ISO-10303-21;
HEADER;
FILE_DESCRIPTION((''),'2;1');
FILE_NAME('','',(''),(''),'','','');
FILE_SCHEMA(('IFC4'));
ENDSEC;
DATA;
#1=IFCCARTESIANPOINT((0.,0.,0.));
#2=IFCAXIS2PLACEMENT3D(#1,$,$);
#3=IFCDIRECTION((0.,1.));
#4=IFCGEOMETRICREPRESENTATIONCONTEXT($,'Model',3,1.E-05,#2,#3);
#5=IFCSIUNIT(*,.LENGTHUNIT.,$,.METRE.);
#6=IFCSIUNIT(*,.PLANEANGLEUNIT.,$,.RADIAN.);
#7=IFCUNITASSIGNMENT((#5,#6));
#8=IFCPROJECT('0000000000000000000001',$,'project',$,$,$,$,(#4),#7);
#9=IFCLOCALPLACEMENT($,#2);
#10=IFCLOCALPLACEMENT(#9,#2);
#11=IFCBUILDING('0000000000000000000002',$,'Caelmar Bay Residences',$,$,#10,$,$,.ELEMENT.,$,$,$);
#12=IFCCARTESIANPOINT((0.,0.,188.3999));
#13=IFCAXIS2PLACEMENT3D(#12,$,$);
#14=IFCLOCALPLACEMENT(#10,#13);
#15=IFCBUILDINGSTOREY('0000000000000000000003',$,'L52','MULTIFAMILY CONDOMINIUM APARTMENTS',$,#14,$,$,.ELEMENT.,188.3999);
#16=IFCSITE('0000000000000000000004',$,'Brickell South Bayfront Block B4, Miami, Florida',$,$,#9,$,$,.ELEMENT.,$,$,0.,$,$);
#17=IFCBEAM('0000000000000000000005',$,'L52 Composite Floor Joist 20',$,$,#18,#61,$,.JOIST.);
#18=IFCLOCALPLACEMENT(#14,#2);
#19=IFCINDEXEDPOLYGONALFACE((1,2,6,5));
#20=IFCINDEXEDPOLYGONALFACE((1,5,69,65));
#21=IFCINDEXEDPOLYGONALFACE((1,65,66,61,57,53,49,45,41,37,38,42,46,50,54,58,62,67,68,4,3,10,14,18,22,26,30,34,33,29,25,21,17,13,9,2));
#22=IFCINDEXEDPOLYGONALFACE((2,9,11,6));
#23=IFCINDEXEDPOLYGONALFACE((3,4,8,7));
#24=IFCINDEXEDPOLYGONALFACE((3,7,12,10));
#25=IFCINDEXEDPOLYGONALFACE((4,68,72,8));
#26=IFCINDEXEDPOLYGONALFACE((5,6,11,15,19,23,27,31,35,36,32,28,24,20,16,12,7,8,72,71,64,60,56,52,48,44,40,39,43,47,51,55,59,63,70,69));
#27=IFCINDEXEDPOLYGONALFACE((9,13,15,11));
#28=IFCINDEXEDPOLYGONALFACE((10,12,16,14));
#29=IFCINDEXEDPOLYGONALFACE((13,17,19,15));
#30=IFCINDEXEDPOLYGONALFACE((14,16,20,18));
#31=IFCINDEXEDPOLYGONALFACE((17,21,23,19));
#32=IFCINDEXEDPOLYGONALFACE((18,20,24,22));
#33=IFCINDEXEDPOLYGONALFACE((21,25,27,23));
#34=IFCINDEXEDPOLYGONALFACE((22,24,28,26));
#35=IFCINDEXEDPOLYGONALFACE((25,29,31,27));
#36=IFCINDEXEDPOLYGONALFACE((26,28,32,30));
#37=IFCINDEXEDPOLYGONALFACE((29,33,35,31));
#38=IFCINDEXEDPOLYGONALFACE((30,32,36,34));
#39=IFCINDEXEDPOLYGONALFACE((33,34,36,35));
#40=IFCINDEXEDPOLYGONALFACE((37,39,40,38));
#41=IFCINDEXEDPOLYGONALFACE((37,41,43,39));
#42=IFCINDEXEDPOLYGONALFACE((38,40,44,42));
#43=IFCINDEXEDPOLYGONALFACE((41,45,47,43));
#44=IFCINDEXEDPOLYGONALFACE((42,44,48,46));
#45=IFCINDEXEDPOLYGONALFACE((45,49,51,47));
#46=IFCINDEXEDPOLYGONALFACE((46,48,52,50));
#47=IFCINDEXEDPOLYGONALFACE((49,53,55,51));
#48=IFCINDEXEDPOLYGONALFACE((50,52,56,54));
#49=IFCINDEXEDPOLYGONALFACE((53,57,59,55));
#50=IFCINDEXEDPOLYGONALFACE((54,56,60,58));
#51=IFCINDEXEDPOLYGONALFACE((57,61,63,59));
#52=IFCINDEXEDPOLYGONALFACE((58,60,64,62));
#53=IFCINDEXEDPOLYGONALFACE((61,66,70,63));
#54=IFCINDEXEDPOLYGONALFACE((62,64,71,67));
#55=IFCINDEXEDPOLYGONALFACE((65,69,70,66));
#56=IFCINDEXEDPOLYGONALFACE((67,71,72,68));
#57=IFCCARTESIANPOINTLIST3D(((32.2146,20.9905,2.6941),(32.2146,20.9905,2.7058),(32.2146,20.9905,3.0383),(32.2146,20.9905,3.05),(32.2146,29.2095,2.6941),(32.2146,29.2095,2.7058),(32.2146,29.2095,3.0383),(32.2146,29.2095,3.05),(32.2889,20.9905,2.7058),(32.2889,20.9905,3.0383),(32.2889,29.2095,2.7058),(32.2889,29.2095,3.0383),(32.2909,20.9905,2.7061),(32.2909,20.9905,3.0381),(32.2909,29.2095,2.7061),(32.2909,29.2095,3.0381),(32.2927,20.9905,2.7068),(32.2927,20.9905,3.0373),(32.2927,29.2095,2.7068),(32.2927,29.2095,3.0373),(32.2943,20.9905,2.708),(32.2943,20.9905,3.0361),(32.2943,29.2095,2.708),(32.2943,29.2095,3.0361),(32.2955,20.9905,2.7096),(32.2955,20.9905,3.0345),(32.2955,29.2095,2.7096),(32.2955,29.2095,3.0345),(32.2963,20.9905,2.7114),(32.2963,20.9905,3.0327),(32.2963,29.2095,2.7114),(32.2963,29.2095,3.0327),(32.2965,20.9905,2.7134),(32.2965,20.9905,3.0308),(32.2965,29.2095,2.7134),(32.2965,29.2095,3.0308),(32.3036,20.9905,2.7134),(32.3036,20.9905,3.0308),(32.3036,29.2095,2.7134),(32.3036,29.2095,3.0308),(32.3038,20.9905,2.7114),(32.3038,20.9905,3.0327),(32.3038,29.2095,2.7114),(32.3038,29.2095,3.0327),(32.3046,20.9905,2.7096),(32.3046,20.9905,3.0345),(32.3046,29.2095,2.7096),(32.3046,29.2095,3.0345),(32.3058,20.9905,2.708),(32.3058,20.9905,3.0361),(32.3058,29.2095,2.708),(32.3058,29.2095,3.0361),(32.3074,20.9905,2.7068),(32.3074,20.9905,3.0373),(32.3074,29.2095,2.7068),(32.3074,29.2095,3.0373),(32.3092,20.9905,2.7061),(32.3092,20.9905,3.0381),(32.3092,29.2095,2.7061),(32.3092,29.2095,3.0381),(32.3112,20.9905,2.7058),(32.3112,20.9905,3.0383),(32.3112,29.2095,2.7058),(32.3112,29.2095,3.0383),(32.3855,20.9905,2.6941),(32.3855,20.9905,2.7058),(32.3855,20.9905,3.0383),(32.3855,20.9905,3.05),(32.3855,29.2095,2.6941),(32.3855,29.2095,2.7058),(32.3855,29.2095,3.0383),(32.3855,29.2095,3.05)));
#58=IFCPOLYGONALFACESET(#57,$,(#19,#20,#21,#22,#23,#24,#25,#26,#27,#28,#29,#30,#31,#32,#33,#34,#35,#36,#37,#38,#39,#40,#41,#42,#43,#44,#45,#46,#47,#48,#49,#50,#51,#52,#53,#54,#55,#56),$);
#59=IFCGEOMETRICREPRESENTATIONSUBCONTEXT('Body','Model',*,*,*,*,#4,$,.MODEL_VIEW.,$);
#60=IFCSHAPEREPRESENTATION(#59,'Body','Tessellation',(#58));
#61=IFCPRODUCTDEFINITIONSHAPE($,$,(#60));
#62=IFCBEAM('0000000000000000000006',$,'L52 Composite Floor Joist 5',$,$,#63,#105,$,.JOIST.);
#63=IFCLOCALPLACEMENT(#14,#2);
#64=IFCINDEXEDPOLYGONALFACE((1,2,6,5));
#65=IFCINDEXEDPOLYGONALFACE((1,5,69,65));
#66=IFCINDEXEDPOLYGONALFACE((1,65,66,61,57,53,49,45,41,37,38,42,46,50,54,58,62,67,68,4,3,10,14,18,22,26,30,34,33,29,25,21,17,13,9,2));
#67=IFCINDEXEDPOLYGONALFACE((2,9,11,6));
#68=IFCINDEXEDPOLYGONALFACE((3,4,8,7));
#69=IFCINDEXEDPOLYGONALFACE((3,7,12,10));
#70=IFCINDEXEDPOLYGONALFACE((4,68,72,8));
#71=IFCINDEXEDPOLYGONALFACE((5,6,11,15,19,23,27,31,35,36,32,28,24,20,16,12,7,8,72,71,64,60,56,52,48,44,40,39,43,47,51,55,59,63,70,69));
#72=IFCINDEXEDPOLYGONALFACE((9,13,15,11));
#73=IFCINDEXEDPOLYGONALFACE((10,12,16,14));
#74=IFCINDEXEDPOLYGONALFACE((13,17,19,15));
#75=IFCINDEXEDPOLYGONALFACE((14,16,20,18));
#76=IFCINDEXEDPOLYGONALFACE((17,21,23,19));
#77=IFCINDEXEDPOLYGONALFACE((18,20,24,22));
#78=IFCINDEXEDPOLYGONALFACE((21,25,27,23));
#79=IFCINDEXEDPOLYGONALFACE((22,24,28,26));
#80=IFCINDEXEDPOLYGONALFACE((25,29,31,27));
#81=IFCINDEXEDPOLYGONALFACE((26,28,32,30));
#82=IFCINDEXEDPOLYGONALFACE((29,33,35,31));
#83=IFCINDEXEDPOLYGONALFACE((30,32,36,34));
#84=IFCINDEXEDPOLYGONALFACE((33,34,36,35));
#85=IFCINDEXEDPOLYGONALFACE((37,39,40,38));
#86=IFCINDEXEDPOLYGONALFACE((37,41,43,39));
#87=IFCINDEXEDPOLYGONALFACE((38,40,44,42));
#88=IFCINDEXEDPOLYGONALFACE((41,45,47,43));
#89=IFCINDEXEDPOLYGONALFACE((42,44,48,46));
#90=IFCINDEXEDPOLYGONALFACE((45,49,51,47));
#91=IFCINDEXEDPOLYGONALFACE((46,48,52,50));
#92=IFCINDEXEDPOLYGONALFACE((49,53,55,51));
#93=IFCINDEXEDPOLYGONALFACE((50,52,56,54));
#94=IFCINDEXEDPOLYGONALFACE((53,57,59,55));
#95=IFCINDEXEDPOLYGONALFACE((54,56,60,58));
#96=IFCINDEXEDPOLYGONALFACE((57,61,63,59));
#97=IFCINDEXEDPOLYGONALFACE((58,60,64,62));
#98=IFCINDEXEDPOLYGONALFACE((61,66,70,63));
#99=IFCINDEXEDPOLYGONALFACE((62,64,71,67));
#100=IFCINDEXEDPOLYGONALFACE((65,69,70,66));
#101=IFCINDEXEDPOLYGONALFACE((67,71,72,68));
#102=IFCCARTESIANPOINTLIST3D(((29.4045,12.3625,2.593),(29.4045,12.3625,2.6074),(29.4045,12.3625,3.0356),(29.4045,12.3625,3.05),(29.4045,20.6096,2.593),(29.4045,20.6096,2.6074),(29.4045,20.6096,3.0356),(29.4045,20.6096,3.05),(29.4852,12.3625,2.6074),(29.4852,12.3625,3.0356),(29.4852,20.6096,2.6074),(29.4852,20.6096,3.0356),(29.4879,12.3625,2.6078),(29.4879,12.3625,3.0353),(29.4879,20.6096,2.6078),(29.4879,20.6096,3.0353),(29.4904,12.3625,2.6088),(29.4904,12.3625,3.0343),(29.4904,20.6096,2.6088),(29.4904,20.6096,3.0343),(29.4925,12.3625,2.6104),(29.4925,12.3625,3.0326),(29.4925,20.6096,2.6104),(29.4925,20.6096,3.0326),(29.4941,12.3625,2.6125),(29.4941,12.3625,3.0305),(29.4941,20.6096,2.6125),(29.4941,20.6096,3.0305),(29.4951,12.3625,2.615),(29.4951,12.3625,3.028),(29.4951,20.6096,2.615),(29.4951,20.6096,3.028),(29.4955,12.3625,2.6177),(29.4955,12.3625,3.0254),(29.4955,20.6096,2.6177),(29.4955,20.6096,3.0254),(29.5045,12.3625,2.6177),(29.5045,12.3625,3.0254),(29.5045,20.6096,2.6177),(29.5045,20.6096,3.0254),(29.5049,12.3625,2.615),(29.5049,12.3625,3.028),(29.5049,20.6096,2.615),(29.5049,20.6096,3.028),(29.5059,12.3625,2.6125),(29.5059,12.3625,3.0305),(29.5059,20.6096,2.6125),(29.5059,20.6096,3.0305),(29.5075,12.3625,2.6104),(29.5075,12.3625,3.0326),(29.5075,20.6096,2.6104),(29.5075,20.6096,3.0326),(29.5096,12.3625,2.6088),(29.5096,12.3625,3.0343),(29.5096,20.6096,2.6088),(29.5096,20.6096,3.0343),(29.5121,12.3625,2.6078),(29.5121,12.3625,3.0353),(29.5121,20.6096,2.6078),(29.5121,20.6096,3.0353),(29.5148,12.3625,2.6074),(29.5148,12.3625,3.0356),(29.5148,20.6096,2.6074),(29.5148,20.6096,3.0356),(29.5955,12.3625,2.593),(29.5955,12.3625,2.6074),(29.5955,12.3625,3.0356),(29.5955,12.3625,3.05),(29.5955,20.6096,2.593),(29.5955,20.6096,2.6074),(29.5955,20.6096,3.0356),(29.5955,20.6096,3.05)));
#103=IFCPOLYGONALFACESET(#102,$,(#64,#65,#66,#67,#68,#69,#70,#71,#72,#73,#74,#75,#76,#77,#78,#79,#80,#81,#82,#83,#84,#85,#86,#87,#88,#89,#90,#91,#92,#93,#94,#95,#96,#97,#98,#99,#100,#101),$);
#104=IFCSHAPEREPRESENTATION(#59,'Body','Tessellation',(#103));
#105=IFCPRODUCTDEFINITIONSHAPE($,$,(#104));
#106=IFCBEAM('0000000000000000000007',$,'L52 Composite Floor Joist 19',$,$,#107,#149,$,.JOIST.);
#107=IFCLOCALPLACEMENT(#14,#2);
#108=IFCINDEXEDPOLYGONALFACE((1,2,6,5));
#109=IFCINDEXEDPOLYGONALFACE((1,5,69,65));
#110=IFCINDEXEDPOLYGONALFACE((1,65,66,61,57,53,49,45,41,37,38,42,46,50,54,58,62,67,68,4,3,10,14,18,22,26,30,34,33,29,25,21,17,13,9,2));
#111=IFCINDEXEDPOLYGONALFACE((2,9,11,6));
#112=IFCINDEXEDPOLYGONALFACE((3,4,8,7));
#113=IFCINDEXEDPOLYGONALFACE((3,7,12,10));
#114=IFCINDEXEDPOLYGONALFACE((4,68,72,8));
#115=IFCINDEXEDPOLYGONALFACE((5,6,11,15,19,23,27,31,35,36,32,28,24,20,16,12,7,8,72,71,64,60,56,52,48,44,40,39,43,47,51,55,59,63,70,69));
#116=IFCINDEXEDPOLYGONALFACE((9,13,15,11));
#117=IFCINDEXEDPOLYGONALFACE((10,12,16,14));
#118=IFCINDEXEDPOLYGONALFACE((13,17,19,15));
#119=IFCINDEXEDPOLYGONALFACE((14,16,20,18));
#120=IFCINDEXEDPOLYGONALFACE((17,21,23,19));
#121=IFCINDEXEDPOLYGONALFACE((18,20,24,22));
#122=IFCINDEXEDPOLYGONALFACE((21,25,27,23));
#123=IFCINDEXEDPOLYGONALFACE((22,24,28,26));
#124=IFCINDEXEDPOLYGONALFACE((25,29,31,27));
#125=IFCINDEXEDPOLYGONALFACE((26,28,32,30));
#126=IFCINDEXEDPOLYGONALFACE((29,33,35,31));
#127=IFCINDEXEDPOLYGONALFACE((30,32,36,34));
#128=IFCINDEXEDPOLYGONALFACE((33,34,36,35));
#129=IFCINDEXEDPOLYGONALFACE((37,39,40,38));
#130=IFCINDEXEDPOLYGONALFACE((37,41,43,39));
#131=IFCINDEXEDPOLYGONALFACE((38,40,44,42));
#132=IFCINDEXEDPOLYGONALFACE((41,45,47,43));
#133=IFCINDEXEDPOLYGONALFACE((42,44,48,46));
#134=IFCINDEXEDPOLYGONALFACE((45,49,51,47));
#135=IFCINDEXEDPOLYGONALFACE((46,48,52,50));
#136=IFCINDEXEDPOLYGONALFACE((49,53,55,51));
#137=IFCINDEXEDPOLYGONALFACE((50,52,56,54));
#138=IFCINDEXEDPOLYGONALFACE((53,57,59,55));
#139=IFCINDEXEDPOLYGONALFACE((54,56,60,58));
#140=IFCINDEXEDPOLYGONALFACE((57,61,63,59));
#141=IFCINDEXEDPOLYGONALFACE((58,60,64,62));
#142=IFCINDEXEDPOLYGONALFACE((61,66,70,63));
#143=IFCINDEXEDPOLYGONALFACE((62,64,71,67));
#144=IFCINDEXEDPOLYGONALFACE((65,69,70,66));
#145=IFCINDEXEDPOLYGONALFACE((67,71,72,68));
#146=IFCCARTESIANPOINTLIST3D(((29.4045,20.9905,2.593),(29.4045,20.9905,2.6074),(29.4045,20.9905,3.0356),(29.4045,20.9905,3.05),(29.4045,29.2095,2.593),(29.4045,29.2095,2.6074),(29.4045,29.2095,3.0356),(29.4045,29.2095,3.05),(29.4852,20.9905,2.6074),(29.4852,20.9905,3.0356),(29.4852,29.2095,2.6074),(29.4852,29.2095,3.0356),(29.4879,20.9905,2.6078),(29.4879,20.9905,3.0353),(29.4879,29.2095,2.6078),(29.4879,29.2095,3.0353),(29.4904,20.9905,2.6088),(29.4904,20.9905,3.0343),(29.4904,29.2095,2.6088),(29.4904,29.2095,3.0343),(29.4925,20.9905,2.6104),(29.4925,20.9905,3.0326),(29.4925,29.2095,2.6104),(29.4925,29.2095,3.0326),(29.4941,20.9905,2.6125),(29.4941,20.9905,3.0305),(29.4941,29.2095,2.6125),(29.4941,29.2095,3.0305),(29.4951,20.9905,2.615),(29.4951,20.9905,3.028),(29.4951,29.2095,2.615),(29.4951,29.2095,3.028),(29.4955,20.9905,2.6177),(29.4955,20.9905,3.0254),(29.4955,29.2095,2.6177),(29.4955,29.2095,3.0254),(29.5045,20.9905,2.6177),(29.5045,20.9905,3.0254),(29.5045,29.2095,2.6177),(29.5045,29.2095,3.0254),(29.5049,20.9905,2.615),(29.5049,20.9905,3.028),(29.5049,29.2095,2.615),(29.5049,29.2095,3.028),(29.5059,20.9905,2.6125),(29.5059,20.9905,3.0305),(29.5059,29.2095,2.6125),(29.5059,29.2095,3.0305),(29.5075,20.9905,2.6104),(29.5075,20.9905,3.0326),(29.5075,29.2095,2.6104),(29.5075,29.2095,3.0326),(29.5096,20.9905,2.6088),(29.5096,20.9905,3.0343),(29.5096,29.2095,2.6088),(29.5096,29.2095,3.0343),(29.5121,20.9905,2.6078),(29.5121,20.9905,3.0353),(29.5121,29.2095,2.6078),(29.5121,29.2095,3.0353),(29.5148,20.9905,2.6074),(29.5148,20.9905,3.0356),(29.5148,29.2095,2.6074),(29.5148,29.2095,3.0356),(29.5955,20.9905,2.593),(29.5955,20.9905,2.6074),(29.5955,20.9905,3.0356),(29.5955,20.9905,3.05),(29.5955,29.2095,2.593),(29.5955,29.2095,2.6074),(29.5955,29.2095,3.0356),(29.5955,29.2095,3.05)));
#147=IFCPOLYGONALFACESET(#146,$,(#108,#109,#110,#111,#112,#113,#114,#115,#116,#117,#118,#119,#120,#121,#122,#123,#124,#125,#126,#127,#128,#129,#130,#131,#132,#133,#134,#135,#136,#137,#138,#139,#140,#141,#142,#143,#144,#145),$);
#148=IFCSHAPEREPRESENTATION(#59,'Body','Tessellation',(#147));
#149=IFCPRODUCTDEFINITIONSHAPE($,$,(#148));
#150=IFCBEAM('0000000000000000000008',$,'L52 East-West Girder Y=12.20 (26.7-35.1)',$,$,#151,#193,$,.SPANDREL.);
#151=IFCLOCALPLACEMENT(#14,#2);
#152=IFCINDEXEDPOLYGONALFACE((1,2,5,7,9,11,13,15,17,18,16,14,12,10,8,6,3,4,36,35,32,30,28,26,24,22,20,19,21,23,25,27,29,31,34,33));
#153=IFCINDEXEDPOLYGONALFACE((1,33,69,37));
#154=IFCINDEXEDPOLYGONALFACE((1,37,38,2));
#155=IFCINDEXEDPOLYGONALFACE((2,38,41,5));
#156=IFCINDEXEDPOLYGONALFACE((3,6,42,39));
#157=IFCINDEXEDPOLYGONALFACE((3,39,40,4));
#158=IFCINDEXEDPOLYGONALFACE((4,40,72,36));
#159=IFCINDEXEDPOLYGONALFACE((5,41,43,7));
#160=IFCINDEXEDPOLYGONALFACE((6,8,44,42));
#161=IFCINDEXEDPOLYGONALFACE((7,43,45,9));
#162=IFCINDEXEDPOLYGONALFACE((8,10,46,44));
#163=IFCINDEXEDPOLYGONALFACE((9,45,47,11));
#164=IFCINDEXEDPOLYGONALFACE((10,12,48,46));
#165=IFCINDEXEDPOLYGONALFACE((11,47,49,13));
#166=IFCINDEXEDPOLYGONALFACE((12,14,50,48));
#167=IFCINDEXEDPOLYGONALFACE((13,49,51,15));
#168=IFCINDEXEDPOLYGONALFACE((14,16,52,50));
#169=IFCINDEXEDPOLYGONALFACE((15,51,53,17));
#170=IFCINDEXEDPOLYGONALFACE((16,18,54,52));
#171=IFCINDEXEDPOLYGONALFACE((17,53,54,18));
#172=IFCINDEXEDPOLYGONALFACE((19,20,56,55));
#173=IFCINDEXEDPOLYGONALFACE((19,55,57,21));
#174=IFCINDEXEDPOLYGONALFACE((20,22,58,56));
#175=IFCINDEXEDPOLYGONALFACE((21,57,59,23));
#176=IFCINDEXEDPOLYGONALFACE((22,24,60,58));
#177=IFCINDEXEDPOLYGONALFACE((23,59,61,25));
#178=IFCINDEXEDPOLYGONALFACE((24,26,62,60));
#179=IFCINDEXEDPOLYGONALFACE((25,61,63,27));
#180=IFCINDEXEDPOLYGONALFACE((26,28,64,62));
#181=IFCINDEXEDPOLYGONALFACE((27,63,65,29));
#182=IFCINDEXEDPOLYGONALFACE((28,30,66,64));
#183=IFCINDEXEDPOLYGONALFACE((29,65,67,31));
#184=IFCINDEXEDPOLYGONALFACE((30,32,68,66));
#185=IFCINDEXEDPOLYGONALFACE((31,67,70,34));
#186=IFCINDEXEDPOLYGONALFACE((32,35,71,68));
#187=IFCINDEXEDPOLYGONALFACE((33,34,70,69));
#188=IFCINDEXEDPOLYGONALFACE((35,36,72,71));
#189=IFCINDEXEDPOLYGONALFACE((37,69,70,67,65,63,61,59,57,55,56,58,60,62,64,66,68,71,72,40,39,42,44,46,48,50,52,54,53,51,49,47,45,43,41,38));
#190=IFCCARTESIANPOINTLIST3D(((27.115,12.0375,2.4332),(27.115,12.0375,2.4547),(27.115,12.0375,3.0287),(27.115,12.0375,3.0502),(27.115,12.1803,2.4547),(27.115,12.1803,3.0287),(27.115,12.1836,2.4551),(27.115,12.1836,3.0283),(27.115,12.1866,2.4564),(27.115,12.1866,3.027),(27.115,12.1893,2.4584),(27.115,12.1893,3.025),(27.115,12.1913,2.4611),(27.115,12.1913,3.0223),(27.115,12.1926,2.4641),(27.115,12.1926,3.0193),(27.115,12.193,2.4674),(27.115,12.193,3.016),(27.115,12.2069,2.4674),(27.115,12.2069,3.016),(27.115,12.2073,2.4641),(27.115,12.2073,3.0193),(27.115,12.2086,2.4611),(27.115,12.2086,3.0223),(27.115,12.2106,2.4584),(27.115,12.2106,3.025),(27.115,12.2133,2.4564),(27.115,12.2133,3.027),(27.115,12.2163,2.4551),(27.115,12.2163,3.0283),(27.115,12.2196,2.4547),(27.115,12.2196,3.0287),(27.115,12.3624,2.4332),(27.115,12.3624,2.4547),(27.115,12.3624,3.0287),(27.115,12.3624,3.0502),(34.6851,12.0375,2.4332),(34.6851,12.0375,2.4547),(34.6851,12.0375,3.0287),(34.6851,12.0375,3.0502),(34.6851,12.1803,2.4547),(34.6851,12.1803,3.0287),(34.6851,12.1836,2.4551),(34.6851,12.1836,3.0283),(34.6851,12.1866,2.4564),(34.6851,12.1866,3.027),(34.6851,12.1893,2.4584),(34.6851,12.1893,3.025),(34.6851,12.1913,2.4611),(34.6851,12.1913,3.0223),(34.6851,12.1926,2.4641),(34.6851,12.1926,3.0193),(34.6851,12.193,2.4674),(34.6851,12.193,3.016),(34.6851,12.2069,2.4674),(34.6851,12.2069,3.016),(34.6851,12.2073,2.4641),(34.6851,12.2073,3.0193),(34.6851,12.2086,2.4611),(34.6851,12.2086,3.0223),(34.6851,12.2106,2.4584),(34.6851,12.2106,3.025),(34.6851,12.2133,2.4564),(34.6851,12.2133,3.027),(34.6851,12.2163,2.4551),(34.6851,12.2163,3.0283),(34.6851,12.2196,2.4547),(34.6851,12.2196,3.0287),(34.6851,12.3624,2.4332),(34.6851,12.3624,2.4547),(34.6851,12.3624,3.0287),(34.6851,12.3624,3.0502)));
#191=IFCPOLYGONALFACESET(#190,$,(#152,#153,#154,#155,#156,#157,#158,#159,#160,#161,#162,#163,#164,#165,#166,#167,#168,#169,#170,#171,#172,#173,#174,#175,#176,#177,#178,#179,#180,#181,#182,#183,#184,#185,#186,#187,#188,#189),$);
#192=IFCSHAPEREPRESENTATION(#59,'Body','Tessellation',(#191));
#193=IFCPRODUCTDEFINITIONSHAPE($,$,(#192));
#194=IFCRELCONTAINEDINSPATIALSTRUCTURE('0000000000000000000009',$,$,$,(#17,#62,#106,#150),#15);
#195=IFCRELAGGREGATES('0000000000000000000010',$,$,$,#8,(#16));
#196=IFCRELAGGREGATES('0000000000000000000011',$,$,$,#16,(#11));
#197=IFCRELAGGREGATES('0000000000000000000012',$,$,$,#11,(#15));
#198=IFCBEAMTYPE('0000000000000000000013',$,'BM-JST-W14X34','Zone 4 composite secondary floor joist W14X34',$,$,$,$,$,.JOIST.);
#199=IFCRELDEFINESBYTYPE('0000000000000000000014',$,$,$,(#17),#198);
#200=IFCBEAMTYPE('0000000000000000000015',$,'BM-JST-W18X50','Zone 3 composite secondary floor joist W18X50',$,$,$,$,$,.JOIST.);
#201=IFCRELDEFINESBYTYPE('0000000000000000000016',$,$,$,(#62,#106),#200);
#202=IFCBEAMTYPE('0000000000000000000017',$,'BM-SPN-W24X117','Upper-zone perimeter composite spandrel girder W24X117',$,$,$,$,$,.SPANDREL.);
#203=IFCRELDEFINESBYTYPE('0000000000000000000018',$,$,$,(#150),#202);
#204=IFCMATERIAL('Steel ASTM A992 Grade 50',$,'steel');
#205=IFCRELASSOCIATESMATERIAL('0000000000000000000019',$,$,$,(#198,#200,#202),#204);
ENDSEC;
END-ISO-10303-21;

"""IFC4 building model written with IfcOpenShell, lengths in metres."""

from ifc_helpers import new_model, si_unit, direction, frame, origin, origin_2d, place, context, subcontext, project, spatial, i_section, extrude, material, material_profile, profile_set, type_object, element, save


model = new_model("IFC4")

# Units and contexts
model_context = context("Model", 3, precision=1e-05, world=origin(), true_north=direction((0.0, 1.0)))
body_context = subcontext(model_context, "Body", "Model", "MODEL_VIEW")
ifc_project = project(units=[si_unit("LENGTHUNIT", "METRE"), si_unit("PLANEANGLEUNIT", "RADIAN")], contexts=[model_context])

# Site, building, storey
site_placement = place(None, origin())
site = spatial("IfcSite", under=ifc_project, at=site_placement, Name="Brickell South Bayfront Block B4, Miami, Florida", CompositionType="ELEMENT", RefElevation=0.0)
building_placement = place(site_placement, origin())
building = spatial("IfcBuilding", under=site, at=building_placement, Name="Caelmar Bay Residences", CompositionType="ELEMENT")
storey_placement = place(building_placement, frame((0.0, 0.0, 188.3999)))
storey = spatial("IfcBuildingStorey", under=building, at=storey_placement, Name="L52", Description="MULTIFAMILY CONDOMINIUM APARTMENTS", CompositionType="ELEMENT", Elevation=188.3999)

# Beams
ifc_material_1 = material(Name="Steel ASTM A992 Grade 50", Category="steel")
ifc_material_profile_1 = material_profile(ifc_material_1, i_section(OverallWidth=0.1709, OverallDepth=0.356, WebThickness=0.0071, FlangeThickness=0.0117, FilletRadius=0.0076, at=origin_2d()), Name="W14X34")
ifc_profile_set_1 = profile_set([ifc_material_profile_1], Name="Steel ASTM A992 Grade 50")
beam_type_1 = type_object("IfcBeamType", Name="BM-JST-W14X34", Description="Zone 4 composite secondary floor joist W14X34", PredefinedType="JOIST", material=ifc_profile_set_1)
for number, where, z_axis, x_axis, name in (
    (1, (32.3, 20.9905, 2.8721), (0.0, 1.0, 0.0), (-1.0, 0.0, 0.0), "L52 Composite Floor Joist 20"),
):
    element("IfcBeam", number, at=place(storey_placement, frame(where, z_axis=z_axis, x_axis=x_axis)), inside=storey, type_object=beam_type_1, Name=name, PredefinedType="JOIST", context=body_context, shape_type="SweptSolid", body=[
        extrude(i_section(OverallWidth=0.1709, OverallDepth=0.356, WebThickness=0.0071, FlangeThickness=0.0117, FilletRadius=0.0076, at=origin_2d()), origin(), (0.0, 0.0, 1.0), 8.219),
    ])
ifc_material_profile_2 = material_profile(ifc_material_1, i_section(OverallWidth=0.1909, OverallDepth=0.457, WebThickness=0.009, FlangeThickness=0.0144, FilletRadius=0.0103, at=origin_2d()), Name="W18X50")
ifc_profile_set_2 = profile_set([ifc_material_profile_2], Name="Steel ASTM A992 Grade 50")
beam_type_2 = type_object("IfcBeamType", Name="BM-JST-W18X50", Description="Zone 3 composite secondary floor joist W18X50", PredefinedType="JOIST", material=ifc_profile_set_2)
beam_1_placement = place(storey_placement, frame((29.5, 12.3625, 2.8215), z_axis=(0.0, 1.0, 0.0), x_axis=(-1.0, 0.0, 0.0)))
element("IfcBeam", 2, at=beam_1_placement, inside=storey, type_object=beam_type_2, Name="L52 Composite Floor Joist 5", PredefinedType="JOIST", context=body_context, shape_type="SweptSolid", body=[
    extrude(i_section(OverallWidth=0.1909, OverallDepth=0.457, WebThickness=0.009, FlangeThickness=0.0144, FilletRadius=0.0103, at=origin_2d()), origin(), (0.0, 0.0, 1.0), 8.2471),
])
beam_2_placement = place(storey_placement, frame((29.5, 20.9905, 2.8215), z_axis=(0.0, 1.0, 0.0), x_axis=(-1.0, 0.0, 0.0)))
element("IfcBeam", 3, at=beam_2_placement, inside=storey, type_object=beam_type_2, Name="L52 Composite Floor Joist 19", PredefinedType="JOIST", context=body_context, shape_type="SweptSolid", body=[
    extrude(i_section(OverallWidth=0.1909, OverallDepth=0.457, WebThickness=0.009, FlangeThickness=0.0144, FilletRadius=0.0103, at=origin_2d()), origin(), (0.0, 0.0, 1.0), 8.219),
])
ifc_material_profile_3 = material_profile(ifc_material_1, i_section(OverallWidth=0.325, OverallDepth=0.6169, WebThickness=0.0139, FlangeThickness=0.0215, FilletRadius=0.0127, at=origin_2d()), Name="W24X117")
ifc_profile_set_3 = profile_set([ifc_material_profile_3], Name="Steel ASTM A992 Grade 50")
beam_type_3 = type_object("IfcBeamType", Name="BM-SPN-W24X117", Description="Upper-zone perimeter composite spandrel girder W24X117", PredefinedType="SPANDREL", material=ifc_profile_set_3)
beam_3_placement = place(storey_placement, frame((27.115, 12.2, 2.7417), z_axis=(1.0, 0.0, 0.0), x_axis=(0.0, 1.0, 0.0)))
element("IfcBeam", 4, at=beam_3_placement, inside=storey, type_object=beam_type_3, Name="L52 East-West Girder Y=12.20 (26.7-35.1)", PredefinedType="SPANDREL", context=body_context, shape_type="SweptSolid", body=[
    extrude(i_section(OverallWidth=0.325, OverallDepth=0.6169, WebThickness=0.0139, FlangeThickness=0.0215, FilletRadius=0.0127, at=origin_2d()), origin(), (0.0, 0.0, 1.0), 7.5701),
])

save(model, "model.ifc")
